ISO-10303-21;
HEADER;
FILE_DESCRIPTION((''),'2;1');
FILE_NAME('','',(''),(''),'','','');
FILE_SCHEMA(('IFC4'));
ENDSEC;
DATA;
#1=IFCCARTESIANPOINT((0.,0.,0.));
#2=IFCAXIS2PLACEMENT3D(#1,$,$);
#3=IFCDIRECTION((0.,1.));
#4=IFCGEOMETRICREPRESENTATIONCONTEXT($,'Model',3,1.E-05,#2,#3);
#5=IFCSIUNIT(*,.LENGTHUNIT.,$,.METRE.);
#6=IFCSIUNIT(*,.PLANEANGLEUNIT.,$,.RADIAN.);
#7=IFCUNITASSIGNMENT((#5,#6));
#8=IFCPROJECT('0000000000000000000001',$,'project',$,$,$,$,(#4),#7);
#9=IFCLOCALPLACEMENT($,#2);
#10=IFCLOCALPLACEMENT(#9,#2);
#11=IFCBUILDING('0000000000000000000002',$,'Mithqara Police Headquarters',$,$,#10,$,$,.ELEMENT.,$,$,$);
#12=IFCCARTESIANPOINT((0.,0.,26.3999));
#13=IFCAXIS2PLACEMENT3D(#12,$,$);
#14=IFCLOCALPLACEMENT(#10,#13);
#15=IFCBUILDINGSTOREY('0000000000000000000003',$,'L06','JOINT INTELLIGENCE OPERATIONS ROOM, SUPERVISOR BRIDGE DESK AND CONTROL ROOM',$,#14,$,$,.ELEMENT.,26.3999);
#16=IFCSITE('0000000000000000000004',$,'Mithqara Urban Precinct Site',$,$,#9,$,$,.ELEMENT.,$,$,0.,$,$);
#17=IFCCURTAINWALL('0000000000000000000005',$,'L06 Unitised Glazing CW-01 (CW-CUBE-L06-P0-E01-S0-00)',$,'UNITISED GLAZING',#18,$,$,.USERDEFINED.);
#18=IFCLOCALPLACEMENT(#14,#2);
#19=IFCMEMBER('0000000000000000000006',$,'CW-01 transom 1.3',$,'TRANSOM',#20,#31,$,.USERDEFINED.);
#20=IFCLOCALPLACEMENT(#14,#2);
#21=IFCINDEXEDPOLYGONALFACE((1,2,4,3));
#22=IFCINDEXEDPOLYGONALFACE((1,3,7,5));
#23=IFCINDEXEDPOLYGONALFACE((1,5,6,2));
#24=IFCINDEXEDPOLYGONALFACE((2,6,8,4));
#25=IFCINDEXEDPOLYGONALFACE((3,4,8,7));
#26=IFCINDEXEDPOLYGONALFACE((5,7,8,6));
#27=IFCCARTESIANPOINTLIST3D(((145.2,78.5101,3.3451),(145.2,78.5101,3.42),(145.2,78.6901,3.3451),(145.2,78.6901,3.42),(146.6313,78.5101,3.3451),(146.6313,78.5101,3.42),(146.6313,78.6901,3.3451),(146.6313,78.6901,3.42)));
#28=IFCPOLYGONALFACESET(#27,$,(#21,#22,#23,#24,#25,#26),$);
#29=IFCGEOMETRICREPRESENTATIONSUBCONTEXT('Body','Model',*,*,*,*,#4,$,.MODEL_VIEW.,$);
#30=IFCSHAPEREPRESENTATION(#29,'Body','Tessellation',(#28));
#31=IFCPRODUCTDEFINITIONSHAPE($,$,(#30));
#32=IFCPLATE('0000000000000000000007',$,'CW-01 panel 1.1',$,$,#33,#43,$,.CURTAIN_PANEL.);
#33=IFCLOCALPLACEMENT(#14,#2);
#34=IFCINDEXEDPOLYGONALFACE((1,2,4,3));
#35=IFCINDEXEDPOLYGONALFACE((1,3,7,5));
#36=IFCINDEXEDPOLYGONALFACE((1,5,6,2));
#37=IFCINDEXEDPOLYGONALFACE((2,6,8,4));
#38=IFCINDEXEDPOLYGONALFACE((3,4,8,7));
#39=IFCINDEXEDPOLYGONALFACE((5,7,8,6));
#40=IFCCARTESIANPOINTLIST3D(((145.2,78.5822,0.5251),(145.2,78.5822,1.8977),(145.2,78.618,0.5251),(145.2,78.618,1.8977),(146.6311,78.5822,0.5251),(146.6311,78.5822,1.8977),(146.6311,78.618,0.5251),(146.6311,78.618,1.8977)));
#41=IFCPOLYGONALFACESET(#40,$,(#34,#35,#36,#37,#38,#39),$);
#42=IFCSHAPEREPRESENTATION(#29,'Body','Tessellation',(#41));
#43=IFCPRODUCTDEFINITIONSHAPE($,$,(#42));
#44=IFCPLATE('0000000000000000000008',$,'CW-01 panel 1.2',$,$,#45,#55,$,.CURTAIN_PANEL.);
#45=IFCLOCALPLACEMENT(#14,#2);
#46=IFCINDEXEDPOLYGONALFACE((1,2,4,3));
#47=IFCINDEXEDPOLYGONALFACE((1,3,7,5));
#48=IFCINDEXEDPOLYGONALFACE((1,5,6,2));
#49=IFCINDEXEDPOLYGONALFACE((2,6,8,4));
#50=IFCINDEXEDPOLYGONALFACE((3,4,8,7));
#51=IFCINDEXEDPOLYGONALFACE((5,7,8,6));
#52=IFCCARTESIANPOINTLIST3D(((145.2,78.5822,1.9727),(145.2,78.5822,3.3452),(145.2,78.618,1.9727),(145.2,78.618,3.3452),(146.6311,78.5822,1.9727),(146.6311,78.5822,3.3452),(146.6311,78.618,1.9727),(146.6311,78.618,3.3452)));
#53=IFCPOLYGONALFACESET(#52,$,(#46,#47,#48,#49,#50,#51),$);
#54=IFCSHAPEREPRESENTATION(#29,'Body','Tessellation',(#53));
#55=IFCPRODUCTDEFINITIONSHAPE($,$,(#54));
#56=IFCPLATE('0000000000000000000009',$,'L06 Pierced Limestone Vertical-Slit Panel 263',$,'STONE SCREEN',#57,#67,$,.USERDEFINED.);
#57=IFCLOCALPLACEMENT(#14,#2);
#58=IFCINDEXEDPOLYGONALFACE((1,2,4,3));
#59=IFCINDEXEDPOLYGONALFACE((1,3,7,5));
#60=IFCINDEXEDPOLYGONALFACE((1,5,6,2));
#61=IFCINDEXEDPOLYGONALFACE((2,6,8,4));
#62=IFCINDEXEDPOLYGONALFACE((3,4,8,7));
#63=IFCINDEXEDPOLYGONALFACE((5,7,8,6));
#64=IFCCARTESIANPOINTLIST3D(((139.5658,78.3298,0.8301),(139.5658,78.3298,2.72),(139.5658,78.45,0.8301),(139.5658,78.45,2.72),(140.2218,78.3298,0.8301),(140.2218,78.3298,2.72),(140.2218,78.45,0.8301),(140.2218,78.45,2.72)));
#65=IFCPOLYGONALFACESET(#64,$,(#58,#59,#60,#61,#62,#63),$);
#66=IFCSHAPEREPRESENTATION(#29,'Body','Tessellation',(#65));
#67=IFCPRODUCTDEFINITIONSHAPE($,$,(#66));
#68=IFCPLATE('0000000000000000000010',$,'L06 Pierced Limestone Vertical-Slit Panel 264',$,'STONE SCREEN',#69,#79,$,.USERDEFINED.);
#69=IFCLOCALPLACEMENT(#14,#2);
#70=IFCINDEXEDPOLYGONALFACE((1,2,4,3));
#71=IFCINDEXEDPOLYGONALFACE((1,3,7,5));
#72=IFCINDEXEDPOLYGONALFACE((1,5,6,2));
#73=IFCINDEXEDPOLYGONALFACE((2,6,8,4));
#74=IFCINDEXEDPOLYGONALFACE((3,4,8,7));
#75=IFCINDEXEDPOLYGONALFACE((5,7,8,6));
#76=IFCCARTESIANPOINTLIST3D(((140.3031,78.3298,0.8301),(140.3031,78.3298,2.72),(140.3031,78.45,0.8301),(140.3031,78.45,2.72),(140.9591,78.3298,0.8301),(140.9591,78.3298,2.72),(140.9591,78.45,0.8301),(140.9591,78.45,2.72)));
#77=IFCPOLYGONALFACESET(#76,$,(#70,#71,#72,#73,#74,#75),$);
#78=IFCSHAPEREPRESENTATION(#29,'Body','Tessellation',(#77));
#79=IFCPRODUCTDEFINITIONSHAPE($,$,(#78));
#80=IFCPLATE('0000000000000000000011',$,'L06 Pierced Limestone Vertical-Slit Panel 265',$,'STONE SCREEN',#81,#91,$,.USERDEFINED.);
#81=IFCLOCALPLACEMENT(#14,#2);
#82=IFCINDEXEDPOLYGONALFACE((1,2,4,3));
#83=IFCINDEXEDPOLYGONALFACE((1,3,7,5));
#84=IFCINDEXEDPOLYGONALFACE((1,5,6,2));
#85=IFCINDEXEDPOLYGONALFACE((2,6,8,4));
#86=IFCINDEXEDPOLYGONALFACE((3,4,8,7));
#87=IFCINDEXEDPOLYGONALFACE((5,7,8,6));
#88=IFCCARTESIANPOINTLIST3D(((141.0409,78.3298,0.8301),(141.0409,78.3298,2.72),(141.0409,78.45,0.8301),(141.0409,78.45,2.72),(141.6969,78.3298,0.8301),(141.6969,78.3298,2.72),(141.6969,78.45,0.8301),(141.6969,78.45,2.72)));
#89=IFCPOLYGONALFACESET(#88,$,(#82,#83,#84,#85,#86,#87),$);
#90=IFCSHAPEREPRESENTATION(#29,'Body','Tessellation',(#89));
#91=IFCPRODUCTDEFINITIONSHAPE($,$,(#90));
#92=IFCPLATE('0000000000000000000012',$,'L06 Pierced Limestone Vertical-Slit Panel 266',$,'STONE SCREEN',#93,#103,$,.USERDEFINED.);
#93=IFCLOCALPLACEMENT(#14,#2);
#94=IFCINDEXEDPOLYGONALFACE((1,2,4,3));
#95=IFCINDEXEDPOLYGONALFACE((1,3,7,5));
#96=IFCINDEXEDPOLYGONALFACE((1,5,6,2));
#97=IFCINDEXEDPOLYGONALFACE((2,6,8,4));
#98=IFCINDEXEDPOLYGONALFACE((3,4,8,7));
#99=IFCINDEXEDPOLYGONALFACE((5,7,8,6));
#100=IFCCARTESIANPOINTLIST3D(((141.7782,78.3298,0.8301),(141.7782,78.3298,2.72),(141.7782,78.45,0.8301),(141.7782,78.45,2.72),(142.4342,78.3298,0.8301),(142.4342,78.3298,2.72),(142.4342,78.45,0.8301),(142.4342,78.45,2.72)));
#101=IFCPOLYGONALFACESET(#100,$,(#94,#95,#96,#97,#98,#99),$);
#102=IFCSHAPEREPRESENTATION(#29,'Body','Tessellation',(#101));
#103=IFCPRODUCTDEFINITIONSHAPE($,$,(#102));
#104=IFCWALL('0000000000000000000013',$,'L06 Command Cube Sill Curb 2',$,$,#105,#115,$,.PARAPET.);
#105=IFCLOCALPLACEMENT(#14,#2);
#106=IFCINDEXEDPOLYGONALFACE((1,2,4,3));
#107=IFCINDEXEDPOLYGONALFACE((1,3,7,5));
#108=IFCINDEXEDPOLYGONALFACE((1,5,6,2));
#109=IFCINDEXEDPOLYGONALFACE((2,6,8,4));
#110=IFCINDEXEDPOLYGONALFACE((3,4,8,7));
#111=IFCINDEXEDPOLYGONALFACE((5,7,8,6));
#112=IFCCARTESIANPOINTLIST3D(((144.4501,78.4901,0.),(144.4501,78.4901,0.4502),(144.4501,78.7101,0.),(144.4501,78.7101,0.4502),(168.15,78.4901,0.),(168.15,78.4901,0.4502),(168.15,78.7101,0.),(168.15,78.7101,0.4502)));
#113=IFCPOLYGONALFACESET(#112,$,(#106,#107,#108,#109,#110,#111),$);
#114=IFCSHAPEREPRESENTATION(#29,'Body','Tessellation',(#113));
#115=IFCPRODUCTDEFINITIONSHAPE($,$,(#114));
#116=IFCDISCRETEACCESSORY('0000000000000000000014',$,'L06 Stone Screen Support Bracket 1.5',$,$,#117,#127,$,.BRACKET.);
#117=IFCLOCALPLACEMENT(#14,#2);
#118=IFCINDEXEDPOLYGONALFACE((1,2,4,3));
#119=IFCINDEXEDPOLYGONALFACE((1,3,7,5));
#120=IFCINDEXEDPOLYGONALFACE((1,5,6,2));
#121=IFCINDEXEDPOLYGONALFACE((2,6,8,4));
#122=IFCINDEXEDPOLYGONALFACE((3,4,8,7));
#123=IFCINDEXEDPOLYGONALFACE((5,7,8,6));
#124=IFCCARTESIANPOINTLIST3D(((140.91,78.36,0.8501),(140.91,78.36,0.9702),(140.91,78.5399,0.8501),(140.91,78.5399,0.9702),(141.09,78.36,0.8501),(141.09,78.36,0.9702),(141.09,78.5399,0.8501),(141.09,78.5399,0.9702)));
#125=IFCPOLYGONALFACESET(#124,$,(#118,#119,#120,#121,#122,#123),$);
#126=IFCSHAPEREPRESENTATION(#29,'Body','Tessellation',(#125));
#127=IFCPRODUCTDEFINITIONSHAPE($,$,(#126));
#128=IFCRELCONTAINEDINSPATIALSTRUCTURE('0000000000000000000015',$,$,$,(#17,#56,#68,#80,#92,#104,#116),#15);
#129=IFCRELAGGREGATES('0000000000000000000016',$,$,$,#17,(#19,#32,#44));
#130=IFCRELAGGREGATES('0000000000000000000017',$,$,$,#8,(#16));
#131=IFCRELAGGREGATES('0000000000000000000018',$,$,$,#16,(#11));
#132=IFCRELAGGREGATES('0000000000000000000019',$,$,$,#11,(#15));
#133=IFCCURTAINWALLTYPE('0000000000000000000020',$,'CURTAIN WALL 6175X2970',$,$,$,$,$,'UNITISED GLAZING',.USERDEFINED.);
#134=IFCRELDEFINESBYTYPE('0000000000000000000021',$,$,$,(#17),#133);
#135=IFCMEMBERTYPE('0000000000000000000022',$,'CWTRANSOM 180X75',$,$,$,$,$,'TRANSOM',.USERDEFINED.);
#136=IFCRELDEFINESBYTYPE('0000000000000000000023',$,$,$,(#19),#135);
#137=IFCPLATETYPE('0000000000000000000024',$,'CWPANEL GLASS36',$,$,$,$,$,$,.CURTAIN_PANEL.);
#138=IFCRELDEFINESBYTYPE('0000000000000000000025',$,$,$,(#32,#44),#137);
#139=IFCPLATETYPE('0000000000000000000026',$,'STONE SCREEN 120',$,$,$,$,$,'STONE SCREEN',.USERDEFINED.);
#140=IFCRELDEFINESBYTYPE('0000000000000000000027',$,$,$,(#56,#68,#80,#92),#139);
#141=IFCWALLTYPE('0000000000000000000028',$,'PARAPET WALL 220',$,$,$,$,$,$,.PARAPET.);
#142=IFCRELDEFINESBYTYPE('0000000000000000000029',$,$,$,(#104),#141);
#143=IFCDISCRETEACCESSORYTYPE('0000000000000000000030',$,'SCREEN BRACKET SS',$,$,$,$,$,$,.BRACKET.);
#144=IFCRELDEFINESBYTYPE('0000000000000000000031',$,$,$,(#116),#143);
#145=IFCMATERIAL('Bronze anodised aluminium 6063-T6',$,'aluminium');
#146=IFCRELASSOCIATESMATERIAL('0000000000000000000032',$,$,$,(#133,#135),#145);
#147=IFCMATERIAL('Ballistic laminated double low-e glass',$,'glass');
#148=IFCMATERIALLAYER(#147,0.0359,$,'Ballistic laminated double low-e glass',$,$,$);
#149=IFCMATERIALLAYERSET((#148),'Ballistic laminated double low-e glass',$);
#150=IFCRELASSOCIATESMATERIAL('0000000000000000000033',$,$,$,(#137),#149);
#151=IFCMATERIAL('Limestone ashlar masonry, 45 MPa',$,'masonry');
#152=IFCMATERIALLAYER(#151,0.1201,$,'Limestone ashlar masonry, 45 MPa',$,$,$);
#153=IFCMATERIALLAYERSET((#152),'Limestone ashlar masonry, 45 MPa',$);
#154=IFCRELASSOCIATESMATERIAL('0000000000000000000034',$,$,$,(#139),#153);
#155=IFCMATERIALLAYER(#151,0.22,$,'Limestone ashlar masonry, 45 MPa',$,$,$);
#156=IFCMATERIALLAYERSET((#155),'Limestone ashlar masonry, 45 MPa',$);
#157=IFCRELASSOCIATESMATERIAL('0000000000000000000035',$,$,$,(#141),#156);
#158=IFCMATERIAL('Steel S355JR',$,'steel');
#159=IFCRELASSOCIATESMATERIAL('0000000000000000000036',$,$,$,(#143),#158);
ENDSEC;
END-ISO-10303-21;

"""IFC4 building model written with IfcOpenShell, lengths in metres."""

from ifc_helpers import new_model, si_unit, direction, frame, frame_2d, origin, origin_2d, place, context, subcontext, project, spatial, rectangle, extrude, material, layer, layer_set, material_profile, profile_set, type_object, element, aggregate, save


model = new_model("IFC4")

# Units and contexts
model_context = context("Model", 3, precision=1e-05, world=origin(), true_north=direction((0.0, 1.0)))
body_context = subcontext(model_context, "Body", "Model", "MODEL_VIEW")
ifc_project = project(units=[si_unit("LENGTHUNIT", "METRE"), si_unit("PLANEANGLEUNIT", "RADIAN")], contexts=[model_context])

# Site, building, storey
site_placement = place(None, origin())
site = spatial("IfcSite", under=ifc_project, at=site_placement, Name="Mithqara Urban Precinct Site", CompositionType="ELEMENT", RefElevation=0.0)
building_placement = place(site_placement, origin())
building = spatial("IfcBuilding", under=site, at=building_placement, Name="Mithqara Police Headquarters", CompositionType="ELEMENT")
storey_placement = place(building_placement, frame((0.0, 0.0, 26.3999)))
storey = spatial("IfcBuildingStorey", under=building, at=storey_placement, Name="L06", Description="JOINT INTELLIGENCE OPERATIONS ROOM, SUPERVISOR BRIDGE DESK AND CONTROL ROOM", CompositionType="ELEMENT", Elevation=26.3999)

# Shared definitions
ifc_material_1 = material(Name="Steel S355JR", Category="steel")

# Curtain wall, member, plates
ifc_material_2 = material(Name="Bronze anodised aluminium 6063-T6", Category="aluminium")
curtain_wall_type = type_object("IfcCurtainWallType", Name="CURTAIN WALL 6175X2970", ElementType="UNITISED GLAZING", PredefinedType="USERDEFINED", material=ifc_material_2)
curtain_wall_placement = place(storey_placement, origin())
curtain_wall = element("IfcCurtainWall", 1, at=curtain_wall_placement, inside=storey, type_object=curtain_wall_type, Name="L06 Unitised Glazing CW-01 (CW-CUBE-L06-P0-E01-S0-00)", ObjectType="UNITISED GLAZING", PredefinedType="USERDEFINED")
ifc_material_profile_1 = material_profile(ifc_material_2, rectangle(XDim=0.1799, YDim=0.075, at=origin_2d()), Name="CWT 180x75")
ifc_profile_set_1 = profile_set([ifc_material_profile_1], Name="Bronze anodised aluminium 6063-T6")
member_type_1 = type_object("IfcMemberType", Name="CWTRANSOM 180X75", ElementType="TRANSOM", PredefinedType="USERDEFINED", material=ifc_profile_set_1)
member_1_placement = place(storey_placement, frame((145.2, 78.6001, 3.3826), z_axis=(1.0, 0.0, 0.0), x_axis=(0.0, 1.0, 0.0)))
member_1 = element("IfcMember", 2, at=member_1_placement, type_object=member_type_1, Name="CW-01 transom 1.3", ObjectType="TRANSOM", PredefinedType="USERDEFINED", context=body_context, shape_type="SweptSolid", body=[
    extrude(rectangle(XDim=0.1799, YDim=0.075, at=origin_2d()), origin(), (0.0, 0.0, 1.0), 1.4314),
])
ifc_material_3 = material(Name="Ballistic laminated double low-e glass", Category="glass")
ifc_layer_1 = layer(ifc_material_3, 0.0359, Name="Ballistic laminated double low-e glass")
ifc_layer_set_1 = layer_set([ifc_layer_1], Name="Ballistic laminated double low-e glass")
plate_type_1 = type_object("IfcPlateType", Name="CWPANEL GLASS36", PredefinedType="CURTAIN_PANEL", material=ifc_layer_set_1)
plate_1_placement = place(storey_placement, frame((145.9155, 78.6001, 0.5251), z_axis=(0.0, 0.0, 1.0), x_axis=(1.0, 0.0, 0.0)))
plate_1 = element("IfcPlate", 3, at=plate_1_placement, type_object=plate_type_1, Name="CW-01 panel 1.1", PredefinedType="CURTAIN_PANEL", context=body_context, shape_type="SweptSolid", body=[
    extrude(rectangle(XDim=1.4312, YDim=0.0359, at=origin_2d()), origin(), (0.0, 0.0, 1.0), 1.3726),
])
plate_2_placement = place(storey_placement, frame((145.9155, 78.6001, 1.9727), z_axis=(0.0, 0.0, 1.0), x_axis=(1.0, 0.0, 0.0)))
plate_2 = element("IfcPlate", 4, at=plate_2_placement, type_object=plate_type_1, Name="CW-01 panel 1.2", PredefinedType="CURTAIN_PANEL", context=body_context, shape_type="SweptSolid", body=[
    extrude(rectangle(XDim=1.4312, YDim=0.0359, at=origin_2d()), origin(), (0.0, 0.0, 1.0), 1.3726),
])
aggregate(curtain_wall, [member_1, plate_1, plate_2])

# Plates
ifc_material_4 = material(Name="Limestone ashlar masonry, 45 MPa", Category="masonry")
ifc_layer_2 = layer(ifc_material_4, 0.1201, Name="Limestone ashlar masonry, 45 MPa")
ifc_layer_set_2 = layer_set([ifc_layer_2], Name="Limestone ashlar masonry, 45 MPa")
plate_type_2 = type_object("IfcPlateType", Name="STONE SCREEN 120", ElementType="STONE SCREEN", PredefinedType="USERDEFINED", material=ifc_layer_set_2)
for number, where, z_axis, x_axis, name in (
    (5, (139.8938, 78.3899, 0.8301), (0.0, 0.0, 1.0), (1.0, 0.0, 0.0), "L06 Pierced Limestone Vertical-Slit Panel 263"),
    (6, (140.6311, 78.3899, 0.8301), (0.0, 0.0, 1.0), (1.0, 0.0, 0.0), "L06 Pierced Limestone Vertical-Slit Panel 264"),
    (7, (141.3689, 78.3899, 0.8301), (0.0, 0.0, 1.0), (1.0, 0.0, 0.0), "L06 Pierced Limestone Vertical-Slit Panel 265"),
    (8, (142.1062, 78.3899, 0.8301), (0.0, 0.0, 1.0), (1.0, 0.0, 0.0), "L06 Pierced Limestone Vertical-Slit Panel 266"),
):
    element("IfcPlate", number, at=place(storey_placement, frame(where, z_axis=z_axis, x_axis=x_axis)), inside=storey, type_object=plate_type_2, Name=name, ObjectType="STONE SCREEN", PredefinedType="USERDEFINED", context=body_context, shape_type="SweptSolid", body=[
        extrude(rectangle(XDim=0.656, YDim=0.1201, at=origin_2d()), origin(), (0.0, 0.0, 1.0), 1.8899),
    ])

# Wall
ifc_layer_3 = layer(ifc_material_4, 0.22, Name="Limestone ashlar masonry, 45 MPa")
ifc_layer_set_3 = layer_set([ifc_layer_3], Name="Limestone ashlar masonry, 45 MPa")
wall_type = type_object("IfcWallType", Name="PARAPET WALL 220", PredefinedType="PARAPET", material=ifc_layer_set_3)
wall_placement = place(storey_placement, frame((144.45, 78.6001, 0.0), z_axis=(0.0, 0.0, 1.0), x_axis=(1.0, 0.0, 0.0)))
element("IfcWall", 9, at=wall_placement, inside=storey, type_object=wall_type, Name="L06 Command Cube Sill Curb 2", PredefinedType="PARAPET", context=body_context, shape_type="SweptSolid", body=[
    extrude(rectangle(XDim=23.7, YDim=0.22, at=frame_2d((11.8501, 0.0))), origin(), (0.0, 0.0, 1.0), 0.4502),
])

# Discrete accessory
discrete_accessory_type = type_object("IfcDiscreteAccessoryType", Name="SCREEN BRACKET SS", PredefinedType="BRACKET", material=ifc_material_1)
discrete_accessory_placement = place(storey_placement, frame((141.0, 78.45, 0.8501), z_axis=(0.0, 0.0, 1.0), x_axis=(1.0, 0.0, 0.0)))
element("IfcDiscreteAccessory", 10, at=discrete_accessory_placement, inside=storey, type_object=discrete_accessory_type, Name="L06 Stone Screen Support Bracket 1.5", PredefinedType="BRACKET", context=body_context, shape_type="SweptSolid", body=[
    extrude(rectangle(XDim=0.1799, YDim=0.1799, at=origin_2d()), origin(), (0.0, 0.0, 1.0), 0.1201),
])

save(model, "model.ifc")
